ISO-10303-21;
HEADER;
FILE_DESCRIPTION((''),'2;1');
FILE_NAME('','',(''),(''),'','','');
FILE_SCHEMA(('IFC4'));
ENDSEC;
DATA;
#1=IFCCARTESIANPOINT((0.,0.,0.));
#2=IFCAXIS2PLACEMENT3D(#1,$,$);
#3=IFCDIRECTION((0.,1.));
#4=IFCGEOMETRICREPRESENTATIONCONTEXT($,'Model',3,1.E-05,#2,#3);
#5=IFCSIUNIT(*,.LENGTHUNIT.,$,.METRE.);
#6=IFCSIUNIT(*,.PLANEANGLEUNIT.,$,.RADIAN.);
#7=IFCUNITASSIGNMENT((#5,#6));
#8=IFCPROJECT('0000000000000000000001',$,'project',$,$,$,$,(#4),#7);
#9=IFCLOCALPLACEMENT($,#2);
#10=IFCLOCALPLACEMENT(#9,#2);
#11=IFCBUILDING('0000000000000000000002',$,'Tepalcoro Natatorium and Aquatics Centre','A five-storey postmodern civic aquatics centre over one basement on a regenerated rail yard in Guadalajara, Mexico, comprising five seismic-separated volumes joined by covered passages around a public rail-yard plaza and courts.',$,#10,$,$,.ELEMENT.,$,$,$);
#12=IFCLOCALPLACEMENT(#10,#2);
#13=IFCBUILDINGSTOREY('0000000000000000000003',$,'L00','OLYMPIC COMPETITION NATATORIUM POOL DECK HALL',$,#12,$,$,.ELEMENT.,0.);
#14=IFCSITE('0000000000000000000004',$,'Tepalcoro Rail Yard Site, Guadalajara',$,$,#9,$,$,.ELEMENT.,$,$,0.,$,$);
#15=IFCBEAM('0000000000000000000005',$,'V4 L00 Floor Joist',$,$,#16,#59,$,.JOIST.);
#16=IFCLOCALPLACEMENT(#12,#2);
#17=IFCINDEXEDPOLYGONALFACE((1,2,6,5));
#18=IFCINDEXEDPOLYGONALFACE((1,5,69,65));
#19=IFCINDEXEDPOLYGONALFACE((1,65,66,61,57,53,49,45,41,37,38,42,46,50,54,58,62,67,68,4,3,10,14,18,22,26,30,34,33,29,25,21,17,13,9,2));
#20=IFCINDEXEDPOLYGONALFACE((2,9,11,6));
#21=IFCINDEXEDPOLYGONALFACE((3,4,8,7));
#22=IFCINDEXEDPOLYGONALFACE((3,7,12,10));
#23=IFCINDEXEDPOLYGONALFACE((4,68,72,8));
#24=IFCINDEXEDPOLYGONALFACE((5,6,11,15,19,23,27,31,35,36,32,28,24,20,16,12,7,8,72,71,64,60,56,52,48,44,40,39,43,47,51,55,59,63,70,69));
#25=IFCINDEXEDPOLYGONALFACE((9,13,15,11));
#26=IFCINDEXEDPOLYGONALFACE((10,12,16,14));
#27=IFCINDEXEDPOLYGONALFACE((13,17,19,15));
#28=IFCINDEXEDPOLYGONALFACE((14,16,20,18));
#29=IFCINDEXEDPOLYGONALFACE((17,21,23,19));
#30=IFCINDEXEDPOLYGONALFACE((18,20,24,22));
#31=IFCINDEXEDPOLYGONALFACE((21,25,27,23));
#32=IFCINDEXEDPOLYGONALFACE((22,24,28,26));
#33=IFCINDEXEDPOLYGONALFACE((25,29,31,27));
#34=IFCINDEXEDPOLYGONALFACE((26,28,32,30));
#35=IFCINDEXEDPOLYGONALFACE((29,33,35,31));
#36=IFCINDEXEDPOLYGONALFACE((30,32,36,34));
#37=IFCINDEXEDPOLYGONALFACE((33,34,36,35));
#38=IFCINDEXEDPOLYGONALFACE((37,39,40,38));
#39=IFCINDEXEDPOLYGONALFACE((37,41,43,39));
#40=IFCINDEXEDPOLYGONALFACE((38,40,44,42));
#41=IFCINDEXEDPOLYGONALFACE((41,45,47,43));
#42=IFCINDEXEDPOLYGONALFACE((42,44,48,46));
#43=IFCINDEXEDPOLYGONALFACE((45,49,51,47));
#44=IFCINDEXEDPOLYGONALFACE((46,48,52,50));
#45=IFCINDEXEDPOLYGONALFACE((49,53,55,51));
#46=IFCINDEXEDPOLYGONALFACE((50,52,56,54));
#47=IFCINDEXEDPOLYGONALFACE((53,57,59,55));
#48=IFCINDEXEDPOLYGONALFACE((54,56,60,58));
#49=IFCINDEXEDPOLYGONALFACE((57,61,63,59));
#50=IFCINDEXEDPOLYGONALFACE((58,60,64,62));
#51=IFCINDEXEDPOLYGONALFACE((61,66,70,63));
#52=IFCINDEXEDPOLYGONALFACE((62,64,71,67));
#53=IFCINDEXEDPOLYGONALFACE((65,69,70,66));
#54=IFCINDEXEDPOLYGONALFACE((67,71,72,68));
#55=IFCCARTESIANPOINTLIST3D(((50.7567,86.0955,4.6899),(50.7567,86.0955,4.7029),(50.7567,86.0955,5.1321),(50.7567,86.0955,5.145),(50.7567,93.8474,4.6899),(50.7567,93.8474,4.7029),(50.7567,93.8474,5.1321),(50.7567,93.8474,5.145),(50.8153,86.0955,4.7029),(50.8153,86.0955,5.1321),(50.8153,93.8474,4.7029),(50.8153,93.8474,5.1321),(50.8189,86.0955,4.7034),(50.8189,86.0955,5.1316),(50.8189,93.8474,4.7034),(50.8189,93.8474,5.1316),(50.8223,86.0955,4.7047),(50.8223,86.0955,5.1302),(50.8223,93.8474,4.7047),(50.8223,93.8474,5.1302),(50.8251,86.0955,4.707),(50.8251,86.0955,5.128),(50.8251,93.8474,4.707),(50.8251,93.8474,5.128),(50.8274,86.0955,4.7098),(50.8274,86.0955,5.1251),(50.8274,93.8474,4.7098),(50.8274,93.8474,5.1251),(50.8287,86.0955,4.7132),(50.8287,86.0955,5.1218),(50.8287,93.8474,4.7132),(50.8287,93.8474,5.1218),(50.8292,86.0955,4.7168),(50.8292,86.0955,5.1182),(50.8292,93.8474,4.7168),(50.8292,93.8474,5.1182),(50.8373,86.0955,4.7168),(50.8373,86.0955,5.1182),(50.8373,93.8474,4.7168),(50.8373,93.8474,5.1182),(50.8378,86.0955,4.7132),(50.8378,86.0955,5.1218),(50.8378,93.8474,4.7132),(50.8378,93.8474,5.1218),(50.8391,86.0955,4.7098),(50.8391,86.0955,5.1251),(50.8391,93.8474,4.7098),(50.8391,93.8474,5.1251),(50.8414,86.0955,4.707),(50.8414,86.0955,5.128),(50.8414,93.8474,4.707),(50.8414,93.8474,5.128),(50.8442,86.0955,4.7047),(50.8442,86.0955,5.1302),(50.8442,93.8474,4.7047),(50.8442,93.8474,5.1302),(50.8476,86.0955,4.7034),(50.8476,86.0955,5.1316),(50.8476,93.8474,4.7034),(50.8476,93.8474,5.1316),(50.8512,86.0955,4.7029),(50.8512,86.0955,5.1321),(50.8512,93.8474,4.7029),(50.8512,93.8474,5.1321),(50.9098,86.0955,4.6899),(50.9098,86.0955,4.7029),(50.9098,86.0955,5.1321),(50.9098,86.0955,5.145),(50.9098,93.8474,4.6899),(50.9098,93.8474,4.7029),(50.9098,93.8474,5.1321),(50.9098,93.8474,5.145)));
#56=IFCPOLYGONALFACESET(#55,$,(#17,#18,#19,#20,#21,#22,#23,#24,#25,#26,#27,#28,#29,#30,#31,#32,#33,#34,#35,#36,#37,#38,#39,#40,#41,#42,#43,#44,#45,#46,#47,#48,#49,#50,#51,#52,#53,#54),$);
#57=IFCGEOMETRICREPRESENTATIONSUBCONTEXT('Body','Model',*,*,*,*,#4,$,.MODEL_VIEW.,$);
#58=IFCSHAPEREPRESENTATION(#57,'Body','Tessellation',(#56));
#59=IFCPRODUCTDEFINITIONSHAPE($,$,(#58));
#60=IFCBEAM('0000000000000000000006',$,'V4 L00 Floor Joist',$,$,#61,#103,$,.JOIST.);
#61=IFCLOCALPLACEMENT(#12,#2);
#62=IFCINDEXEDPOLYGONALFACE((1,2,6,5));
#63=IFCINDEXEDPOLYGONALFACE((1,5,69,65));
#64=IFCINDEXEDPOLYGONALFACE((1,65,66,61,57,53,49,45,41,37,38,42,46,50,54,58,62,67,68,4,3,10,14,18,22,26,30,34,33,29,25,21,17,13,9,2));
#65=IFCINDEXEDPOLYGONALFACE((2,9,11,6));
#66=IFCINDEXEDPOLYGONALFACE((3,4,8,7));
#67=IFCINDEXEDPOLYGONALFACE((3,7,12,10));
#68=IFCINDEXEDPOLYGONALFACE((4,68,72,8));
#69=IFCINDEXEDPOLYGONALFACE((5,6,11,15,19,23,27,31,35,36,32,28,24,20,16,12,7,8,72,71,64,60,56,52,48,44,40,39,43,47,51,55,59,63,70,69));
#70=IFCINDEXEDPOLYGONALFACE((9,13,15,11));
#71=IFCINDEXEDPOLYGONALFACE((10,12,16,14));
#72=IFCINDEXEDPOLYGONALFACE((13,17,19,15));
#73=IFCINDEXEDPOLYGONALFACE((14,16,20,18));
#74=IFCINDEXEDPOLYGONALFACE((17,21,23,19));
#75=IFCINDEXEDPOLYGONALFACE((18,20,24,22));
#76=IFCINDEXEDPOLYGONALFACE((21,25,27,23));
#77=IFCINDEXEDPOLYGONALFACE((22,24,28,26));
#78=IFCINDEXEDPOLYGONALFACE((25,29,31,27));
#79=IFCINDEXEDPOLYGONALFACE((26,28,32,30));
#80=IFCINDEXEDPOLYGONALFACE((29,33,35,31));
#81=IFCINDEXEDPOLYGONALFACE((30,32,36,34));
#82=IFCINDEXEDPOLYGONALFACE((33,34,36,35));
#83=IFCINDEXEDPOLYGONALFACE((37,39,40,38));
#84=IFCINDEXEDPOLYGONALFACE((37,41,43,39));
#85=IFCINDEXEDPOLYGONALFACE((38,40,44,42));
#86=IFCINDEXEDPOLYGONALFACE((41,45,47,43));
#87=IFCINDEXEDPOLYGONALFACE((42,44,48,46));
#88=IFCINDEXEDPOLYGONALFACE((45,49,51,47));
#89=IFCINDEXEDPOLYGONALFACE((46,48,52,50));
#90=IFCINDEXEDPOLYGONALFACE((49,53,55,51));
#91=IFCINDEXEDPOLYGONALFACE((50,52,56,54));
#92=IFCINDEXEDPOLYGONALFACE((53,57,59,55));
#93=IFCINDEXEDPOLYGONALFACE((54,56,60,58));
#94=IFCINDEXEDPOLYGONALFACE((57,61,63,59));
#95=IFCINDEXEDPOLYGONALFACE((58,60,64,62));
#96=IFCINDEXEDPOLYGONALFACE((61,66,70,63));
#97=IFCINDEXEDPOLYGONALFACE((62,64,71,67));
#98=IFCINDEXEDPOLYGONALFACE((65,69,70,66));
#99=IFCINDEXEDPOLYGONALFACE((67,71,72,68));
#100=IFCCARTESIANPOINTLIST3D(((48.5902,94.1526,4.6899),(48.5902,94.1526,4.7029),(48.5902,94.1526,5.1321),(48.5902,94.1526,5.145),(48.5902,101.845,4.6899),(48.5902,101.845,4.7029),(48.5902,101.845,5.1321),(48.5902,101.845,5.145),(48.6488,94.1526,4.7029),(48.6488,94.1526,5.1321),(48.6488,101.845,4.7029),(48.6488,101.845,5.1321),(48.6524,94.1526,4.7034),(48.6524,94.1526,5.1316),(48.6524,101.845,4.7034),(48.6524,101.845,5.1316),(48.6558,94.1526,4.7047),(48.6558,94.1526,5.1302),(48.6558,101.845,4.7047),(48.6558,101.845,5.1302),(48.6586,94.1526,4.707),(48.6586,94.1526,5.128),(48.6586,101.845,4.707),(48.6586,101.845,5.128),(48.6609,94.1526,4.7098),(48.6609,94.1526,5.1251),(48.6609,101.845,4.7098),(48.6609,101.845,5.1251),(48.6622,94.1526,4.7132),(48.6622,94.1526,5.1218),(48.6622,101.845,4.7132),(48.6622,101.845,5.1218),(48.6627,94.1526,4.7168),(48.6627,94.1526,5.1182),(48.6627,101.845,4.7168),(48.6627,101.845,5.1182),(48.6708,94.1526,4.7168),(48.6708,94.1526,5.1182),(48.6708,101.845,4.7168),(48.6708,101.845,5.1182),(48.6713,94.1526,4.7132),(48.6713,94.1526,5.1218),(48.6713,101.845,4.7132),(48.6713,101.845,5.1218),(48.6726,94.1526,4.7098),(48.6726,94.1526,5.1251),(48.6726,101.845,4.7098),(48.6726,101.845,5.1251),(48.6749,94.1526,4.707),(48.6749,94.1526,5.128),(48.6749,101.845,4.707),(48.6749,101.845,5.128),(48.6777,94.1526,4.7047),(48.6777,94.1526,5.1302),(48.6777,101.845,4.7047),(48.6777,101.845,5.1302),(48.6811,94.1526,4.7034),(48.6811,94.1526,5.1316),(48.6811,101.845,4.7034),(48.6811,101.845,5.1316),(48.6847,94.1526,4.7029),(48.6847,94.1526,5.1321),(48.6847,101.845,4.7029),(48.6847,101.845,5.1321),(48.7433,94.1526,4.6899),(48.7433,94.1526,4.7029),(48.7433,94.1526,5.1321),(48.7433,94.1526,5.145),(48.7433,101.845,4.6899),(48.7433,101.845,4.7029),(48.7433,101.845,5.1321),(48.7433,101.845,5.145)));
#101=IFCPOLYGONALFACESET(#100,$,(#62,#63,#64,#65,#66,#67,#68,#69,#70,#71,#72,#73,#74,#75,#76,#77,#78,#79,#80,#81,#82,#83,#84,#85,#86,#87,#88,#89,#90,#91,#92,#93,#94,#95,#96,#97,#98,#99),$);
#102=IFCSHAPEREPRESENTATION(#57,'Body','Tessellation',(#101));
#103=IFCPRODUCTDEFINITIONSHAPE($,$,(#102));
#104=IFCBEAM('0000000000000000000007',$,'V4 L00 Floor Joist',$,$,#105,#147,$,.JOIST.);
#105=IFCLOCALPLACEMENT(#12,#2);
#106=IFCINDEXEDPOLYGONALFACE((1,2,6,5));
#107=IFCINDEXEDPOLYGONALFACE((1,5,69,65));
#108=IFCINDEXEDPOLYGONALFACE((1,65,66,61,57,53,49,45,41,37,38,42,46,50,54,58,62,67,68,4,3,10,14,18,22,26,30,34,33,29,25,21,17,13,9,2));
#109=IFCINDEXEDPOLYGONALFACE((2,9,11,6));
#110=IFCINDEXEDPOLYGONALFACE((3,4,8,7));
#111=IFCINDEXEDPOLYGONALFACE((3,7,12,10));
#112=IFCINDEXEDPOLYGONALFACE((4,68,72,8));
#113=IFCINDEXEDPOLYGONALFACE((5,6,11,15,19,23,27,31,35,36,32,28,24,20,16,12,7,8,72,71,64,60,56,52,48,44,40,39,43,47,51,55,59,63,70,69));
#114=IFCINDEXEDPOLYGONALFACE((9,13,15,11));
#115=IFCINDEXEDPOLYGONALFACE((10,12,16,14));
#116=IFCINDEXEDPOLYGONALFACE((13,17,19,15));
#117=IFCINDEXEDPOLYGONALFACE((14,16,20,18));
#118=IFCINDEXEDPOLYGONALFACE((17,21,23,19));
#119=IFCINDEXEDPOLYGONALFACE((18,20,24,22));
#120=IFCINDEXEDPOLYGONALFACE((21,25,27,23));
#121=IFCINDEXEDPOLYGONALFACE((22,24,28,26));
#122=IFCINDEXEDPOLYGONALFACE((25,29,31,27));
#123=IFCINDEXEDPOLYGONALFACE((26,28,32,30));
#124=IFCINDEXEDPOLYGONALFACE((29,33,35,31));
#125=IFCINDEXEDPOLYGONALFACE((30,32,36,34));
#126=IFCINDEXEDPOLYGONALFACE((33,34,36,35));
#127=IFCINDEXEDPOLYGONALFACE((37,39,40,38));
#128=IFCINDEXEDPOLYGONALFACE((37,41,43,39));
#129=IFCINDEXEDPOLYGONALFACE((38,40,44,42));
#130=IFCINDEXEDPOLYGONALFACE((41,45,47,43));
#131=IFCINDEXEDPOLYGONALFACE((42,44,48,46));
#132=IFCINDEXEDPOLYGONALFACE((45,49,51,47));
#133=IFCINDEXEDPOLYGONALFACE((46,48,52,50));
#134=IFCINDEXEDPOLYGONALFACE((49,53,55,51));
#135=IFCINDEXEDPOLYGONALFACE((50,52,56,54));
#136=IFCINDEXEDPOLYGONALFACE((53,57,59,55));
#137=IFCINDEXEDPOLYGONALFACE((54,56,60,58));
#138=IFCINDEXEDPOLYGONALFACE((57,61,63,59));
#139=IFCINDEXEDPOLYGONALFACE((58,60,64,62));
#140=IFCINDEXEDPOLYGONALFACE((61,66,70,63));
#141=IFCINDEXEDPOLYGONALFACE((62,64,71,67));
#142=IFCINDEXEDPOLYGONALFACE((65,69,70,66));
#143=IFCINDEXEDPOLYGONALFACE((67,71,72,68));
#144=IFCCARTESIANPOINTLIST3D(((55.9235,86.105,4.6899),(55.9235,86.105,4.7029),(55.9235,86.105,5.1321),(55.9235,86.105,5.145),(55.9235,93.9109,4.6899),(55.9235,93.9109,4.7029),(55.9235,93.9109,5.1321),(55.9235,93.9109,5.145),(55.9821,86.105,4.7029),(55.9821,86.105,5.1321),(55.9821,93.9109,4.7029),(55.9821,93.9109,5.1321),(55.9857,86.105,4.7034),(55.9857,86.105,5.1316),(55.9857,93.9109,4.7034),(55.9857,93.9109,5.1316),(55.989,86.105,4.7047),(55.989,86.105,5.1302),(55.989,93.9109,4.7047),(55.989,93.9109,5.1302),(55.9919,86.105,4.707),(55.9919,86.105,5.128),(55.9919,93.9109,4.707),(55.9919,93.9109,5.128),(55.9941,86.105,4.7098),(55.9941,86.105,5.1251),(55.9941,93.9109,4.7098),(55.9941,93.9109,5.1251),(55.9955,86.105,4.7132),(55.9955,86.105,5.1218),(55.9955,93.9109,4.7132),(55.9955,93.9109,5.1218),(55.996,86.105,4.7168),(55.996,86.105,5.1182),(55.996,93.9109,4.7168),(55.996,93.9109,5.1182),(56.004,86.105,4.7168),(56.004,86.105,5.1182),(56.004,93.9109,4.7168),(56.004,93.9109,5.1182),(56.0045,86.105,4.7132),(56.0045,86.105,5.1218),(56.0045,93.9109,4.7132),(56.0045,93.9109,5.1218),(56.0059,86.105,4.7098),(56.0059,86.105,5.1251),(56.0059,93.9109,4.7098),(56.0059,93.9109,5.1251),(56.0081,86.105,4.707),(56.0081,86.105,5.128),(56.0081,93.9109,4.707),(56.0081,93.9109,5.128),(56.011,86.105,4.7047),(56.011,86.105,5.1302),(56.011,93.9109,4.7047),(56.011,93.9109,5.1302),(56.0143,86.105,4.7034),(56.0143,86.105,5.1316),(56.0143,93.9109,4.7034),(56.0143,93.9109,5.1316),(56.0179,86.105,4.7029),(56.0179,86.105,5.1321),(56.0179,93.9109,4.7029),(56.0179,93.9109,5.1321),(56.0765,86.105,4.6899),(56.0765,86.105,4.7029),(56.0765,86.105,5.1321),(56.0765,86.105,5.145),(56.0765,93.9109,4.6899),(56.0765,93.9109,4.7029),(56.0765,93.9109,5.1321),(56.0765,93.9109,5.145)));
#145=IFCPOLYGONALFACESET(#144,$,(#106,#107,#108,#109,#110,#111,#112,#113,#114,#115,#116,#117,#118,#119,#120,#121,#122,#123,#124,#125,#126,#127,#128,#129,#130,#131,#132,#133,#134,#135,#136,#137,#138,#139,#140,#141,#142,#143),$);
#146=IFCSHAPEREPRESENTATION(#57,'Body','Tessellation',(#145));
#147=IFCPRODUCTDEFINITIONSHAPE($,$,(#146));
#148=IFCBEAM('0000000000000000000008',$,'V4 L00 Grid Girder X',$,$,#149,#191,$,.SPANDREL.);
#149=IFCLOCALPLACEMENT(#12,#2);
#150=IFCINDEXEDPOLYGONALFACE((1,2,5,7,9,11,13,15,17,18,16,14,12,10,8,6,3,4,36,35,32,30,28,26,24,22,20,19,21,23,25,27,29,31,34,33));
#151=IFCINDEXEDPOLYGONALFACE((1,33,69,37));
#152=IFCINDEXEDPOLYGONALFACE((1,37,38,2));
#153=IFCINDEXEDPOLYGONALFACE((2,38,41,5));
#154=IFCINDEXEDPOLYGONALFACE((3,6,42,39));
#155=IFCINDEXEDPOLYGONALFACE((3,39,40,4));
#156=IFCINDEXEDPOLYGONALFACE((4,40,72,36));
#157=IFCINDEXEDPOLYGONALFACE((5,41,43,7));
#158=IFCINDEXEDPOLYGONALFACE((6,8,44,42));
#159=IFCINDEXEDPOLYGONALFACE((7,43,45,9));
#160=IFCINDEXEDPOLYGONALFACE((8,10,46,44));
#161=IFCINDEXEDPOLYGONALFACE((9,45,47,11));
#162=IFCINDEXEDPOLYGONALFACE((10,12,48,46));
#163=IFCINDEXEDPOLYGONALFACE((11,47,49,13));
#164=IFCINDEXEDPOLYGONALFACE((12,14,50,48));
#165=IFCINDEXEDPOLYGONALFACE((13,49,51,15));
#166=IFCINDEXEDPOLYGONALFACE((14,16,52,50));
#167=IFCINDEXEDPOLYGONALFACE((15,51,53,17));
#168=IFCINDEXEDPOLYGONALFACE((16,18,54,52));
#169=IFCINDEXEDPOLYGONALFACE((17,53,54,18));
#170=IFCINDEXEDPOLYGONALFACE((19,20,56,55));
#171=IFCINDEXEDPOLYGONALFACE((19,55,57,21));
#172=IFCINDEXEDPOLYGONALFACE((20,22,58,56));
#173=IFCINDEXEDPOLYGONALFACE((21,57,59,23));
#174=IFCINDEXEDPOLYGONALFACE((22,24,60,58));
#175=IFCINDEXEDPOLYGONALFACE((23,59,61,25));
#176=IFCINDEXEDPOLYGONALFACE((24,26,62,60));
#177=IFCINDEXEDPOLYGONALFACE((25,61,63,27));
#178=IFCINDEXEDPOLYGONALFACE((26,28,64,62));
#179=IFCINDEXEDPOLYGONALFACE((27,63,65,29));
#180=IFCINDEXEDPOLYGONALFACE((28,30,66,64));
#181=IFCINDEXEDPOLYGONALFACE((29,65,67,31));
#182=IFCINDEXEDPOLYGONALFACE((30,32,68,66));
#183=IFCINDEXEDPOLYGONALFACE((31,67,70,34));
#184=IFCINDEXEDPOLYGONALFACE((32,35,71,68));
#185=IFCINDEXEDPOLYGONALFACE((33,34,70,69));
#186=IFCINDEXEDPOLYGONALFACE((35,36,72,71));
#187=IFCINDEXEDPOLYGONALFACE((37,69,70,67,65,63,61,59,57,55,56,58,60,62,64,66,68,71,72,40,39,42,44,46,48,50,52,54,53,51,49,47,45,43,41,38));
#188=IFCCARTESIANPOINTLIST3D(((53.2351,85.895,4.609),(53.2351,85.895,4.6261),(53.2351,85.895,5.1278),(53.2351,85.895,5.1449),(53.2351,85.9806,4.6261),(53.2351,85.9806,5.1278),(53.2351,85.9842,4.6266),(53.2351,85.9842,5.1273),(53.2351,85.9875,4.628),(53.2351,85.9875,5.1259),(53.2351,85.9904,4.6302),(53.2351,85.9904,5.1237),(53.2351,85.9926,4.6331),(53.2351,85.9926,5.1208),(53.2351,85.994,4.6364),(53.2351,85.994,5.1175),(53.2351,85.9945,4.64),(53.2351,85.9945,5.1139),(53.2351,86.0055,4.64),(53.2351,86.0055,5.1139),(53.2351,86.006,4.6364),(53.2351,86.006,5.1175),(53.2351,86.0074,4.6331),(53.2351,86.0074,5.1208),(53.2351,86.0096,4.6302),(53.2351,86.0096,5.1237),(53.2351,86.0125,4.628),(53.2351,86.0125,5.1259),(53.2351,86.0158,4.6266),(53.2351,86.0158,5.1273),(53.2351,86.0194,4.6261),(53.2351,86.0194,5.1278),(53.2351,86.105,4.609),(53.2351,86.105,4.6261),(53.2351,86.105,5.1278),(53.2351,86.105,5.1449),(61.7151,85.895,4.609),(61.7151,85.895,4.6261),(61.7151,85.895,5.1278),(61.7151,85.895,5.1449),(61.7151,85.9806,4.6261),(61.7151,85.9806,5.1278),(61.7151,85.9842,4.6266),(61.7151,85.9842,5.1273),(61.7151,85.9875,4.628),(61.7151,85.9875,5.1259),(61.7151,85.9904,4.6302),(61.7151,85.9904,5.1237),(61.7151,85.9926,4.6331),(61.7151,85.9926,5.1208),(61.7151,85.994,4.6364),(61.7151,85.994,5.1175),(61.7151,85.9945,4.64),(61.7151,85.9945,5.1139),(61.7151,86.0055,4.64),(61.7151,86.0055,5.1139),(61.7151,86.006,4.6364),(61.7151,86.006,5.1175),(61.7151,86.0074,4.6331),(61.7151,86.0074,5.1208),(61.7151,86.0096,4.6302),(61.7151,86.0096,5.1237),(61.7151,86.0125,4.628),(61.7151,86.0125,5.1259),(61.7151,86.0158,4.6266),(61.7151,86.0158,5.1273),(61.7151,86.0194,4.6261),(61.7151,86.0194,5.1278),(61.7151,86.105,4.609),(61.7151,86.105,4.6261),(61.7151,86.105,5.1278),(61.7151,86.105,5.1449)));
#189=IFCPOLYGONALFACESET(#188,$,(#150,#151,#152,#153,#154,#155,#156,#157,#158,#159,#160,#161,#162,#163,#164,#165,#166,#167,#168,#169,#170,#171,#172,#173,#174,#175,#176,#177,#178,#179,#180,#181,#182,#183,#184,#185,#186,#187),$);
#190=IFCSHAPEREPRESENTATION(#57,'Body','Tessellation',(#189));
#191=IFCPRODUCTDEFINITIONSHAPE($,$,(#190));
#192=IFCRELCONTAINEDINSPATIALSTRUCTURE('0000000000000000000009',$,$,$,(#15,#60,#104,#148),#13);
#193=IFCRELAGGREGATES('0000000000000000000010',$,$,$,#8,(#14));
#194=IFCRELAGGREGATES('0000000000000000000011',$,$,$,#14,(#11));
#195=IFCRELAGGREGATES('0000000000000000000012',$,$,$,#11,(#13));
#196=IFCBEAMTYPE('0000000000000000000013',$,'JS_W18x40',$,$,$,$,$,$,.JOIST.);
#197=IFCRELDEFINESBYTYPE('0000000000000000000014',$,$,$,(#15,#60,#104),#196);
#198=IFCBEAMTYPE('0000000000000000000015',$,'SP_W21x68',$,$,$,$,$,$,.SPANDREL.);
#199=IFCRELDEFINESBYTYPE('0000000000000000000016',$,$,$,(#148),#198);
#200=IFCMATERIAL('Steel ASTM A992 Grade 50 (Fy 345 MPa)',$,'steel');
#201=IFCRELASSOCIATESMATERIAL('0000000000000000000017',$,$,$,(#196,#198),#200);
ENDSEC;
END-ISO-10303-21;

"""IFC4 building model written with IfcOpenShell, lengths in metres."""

from ifc_helpers import new_model, si_unit, direction, frame, origin, origin_2d, place, context, subcontext, project, spatial, i_section, extrude, material, material_profile, profile_set, type_object, element, save


model = new_model("IFC4")

# Units and contexts
model_context = context("Model", 3, precision=1e-05, world=origin(), true_north=direction((0.0, 1.0)))
body_context = subcontext(model_context, "Body", "Model", "MODEL_VIEW")
ifc_project = project(units=[si_unit("LENGTHUNIT", "METRE"), si_unit("PLANEANGLEUNIT", "RADIAN")], contexts=[model_context])

# Site, building, storey
site_placement = place(None, origin())
site = spatial("IfcSite", under=ifc_project, at=site_placement, Name="Tepalcoro Rail Yard Site, Guadalajara", CompositionType="ELEMENT", RefElevation=0.0)
building_placement = place(site_placement, origin())
building = spatial("IfcBuilding", under=site, at=building_placement, Name="Tepalcoro Natatorium and Aquatics Centre", Description="A five-storey postmodern civic aquatics centre over one basement on a regenerated rail yard in Guadalajara, Mexico, comprising five seismic-separated volumes joined by covered passages around a public rail-yard plaza and courts.", CompositionType="ELEMENT")
storey_placement = place(building_placement, origin())
storey = spatial("IfcBuildingStorey", under=building, at=storey_placement, Name="L00", Description="OLYMPIC COMPETITION NATATORIUM POOL DECK HALL", CompositionType="ELEMENT", Elevation=0.0)

# Shared definitions
ifc_material_1 = material(Name="Steel ASTM A992 Grade 50 (Fy 345 MPa)", Category="steel")

# Beams
ifc_material_profile_1 = material_profile(ifc_material_1, i_section(OverallWidth=0.1531, OverallDepth=0.4551, WebThickness=0.0081, FlangeThickness=0.0129, FilletRadius=0.0139, at=origin_2d()), Name="W18X40")
ifc_profile_set_1 = profile_set([ifc_material_profile_1], Name="Steel ASTM A992 Grade 50 (Fy 345 MPa)")
beam_type_1 = type_object("IfcBeamType", Name="JS_W18x40", PredefinedType="JOIST", material=ifc_profile_set_1)
beam_1_placement = place(storey_placement, frame((50.8333, 86.0955, 4.9175), z_axis=(0.0, 1.0, 0.0), x_axis=(-1.0, 0.0, 0.0)))
element("IfcBeam", 1, at=beam_1_placement, inside=storey, type_object=beam_type_1, Name="V4 L00 Floor Joist", PredefinedType="JOIST", context=body_context, shape_type="SweptSolid", body=[
    extrude(i_section(OverallWidth=0.1531, OverallDepth=0.4551, WebThickness=0.0081, FlangeThickness=0.0129, FilletRadius=0.0139, at=origin_2d()), origin(), (0.0, 0.0, 1.0), 7.752),
])
beam_2_placement = place(storey_placement, frame((48.6667, 94.1526, 4.9175), z_axis=(0.0, 1.0, 0.0), x_axis=(-1.0, 0.0, 0.0)))
element("IfcBeam", 2, at=beam_2_placement, inside=storey, type_object=beam_type_1, Name="V4 L00 Floor Joist", PredefinedType="JOIST", context=body_context, shape_type="SweptSolid", body=[
    extrude(i_section(OverallWidth=0.1531, OverallDepth=0.4551, WebThickness=0.0081, FlangeThickness=0.0129, FilletRadius=0.0139, at=origin_2d()), origin(), (0.0, 0.0, 1.0), 7.6924),
])
beam_3_placement = place(storey_placement, frame((56.0, 86.105, 4.9175), z_axis=(0.0, 1.0, 0.0), x_axis=(-1.0, 0.0, 0.0)))
element("IfcBeam", 3, at=beam_3_placement, inside=storey, type_object=beam_type_1, Name="V4 L00 Floor Joist", PredefinedType="JOIST", context=body_context, shape_type="SweptSolid", body=[
    extrude(i_section(OverallWidth=0.1531, OverallDepth=0.4551, WebThickness=0.0081, FlangeThickness=0.0129, FilletRadius=0.0139, at=origin_2d()), origin(), (0.0, 0.0, 1.0), 7.8059),
])
ifc_material_profile_2 = material_profile(ifc_material_1, i_section(OverallWidth=0.21, OverallDepth=0.5359, WebThickness=0.011, FlangeThickness=0.0171, FilletRadius=0.0139, at=origin_2d()), Name="W21X68")
ifc_profile_set_2 = profile_set([ifc_material_profile_2], Name="Steel ASTM A992 Grade 50 (Fy 345 MPa)")
beam_type_2 = type_object("IfcBeamType", Name="SP_W21x68", PredefinedType="SPANDREL", material=ifc_profile_set_2)
beam_4_placement = place(storey_placement, frame((53.2351, 86.0, 4.877), z_axis=(1.0, 0.0, 0.0), x_axis=(0.0, 1.0, 0.0)))
element("IfcBeam", 4, at=beam_4_placement, inside=storey, type_object=beam_type_2, Name="V4 L00 Grid Girder X", PredefinedType="SPANDREL", context=body_context, shape_type="SweptSolid", body=[
    extrude(i_section(OverallWidth=0.21, OverallDepth=0.5359, WebThickness=0.011, FlangeThickness=0.0171, FilletRadius=0.0139, at=origin_2d()), origin(), (0.0, 0.0, 1.0), 8.48),
])

save(model, "model.ifc")
